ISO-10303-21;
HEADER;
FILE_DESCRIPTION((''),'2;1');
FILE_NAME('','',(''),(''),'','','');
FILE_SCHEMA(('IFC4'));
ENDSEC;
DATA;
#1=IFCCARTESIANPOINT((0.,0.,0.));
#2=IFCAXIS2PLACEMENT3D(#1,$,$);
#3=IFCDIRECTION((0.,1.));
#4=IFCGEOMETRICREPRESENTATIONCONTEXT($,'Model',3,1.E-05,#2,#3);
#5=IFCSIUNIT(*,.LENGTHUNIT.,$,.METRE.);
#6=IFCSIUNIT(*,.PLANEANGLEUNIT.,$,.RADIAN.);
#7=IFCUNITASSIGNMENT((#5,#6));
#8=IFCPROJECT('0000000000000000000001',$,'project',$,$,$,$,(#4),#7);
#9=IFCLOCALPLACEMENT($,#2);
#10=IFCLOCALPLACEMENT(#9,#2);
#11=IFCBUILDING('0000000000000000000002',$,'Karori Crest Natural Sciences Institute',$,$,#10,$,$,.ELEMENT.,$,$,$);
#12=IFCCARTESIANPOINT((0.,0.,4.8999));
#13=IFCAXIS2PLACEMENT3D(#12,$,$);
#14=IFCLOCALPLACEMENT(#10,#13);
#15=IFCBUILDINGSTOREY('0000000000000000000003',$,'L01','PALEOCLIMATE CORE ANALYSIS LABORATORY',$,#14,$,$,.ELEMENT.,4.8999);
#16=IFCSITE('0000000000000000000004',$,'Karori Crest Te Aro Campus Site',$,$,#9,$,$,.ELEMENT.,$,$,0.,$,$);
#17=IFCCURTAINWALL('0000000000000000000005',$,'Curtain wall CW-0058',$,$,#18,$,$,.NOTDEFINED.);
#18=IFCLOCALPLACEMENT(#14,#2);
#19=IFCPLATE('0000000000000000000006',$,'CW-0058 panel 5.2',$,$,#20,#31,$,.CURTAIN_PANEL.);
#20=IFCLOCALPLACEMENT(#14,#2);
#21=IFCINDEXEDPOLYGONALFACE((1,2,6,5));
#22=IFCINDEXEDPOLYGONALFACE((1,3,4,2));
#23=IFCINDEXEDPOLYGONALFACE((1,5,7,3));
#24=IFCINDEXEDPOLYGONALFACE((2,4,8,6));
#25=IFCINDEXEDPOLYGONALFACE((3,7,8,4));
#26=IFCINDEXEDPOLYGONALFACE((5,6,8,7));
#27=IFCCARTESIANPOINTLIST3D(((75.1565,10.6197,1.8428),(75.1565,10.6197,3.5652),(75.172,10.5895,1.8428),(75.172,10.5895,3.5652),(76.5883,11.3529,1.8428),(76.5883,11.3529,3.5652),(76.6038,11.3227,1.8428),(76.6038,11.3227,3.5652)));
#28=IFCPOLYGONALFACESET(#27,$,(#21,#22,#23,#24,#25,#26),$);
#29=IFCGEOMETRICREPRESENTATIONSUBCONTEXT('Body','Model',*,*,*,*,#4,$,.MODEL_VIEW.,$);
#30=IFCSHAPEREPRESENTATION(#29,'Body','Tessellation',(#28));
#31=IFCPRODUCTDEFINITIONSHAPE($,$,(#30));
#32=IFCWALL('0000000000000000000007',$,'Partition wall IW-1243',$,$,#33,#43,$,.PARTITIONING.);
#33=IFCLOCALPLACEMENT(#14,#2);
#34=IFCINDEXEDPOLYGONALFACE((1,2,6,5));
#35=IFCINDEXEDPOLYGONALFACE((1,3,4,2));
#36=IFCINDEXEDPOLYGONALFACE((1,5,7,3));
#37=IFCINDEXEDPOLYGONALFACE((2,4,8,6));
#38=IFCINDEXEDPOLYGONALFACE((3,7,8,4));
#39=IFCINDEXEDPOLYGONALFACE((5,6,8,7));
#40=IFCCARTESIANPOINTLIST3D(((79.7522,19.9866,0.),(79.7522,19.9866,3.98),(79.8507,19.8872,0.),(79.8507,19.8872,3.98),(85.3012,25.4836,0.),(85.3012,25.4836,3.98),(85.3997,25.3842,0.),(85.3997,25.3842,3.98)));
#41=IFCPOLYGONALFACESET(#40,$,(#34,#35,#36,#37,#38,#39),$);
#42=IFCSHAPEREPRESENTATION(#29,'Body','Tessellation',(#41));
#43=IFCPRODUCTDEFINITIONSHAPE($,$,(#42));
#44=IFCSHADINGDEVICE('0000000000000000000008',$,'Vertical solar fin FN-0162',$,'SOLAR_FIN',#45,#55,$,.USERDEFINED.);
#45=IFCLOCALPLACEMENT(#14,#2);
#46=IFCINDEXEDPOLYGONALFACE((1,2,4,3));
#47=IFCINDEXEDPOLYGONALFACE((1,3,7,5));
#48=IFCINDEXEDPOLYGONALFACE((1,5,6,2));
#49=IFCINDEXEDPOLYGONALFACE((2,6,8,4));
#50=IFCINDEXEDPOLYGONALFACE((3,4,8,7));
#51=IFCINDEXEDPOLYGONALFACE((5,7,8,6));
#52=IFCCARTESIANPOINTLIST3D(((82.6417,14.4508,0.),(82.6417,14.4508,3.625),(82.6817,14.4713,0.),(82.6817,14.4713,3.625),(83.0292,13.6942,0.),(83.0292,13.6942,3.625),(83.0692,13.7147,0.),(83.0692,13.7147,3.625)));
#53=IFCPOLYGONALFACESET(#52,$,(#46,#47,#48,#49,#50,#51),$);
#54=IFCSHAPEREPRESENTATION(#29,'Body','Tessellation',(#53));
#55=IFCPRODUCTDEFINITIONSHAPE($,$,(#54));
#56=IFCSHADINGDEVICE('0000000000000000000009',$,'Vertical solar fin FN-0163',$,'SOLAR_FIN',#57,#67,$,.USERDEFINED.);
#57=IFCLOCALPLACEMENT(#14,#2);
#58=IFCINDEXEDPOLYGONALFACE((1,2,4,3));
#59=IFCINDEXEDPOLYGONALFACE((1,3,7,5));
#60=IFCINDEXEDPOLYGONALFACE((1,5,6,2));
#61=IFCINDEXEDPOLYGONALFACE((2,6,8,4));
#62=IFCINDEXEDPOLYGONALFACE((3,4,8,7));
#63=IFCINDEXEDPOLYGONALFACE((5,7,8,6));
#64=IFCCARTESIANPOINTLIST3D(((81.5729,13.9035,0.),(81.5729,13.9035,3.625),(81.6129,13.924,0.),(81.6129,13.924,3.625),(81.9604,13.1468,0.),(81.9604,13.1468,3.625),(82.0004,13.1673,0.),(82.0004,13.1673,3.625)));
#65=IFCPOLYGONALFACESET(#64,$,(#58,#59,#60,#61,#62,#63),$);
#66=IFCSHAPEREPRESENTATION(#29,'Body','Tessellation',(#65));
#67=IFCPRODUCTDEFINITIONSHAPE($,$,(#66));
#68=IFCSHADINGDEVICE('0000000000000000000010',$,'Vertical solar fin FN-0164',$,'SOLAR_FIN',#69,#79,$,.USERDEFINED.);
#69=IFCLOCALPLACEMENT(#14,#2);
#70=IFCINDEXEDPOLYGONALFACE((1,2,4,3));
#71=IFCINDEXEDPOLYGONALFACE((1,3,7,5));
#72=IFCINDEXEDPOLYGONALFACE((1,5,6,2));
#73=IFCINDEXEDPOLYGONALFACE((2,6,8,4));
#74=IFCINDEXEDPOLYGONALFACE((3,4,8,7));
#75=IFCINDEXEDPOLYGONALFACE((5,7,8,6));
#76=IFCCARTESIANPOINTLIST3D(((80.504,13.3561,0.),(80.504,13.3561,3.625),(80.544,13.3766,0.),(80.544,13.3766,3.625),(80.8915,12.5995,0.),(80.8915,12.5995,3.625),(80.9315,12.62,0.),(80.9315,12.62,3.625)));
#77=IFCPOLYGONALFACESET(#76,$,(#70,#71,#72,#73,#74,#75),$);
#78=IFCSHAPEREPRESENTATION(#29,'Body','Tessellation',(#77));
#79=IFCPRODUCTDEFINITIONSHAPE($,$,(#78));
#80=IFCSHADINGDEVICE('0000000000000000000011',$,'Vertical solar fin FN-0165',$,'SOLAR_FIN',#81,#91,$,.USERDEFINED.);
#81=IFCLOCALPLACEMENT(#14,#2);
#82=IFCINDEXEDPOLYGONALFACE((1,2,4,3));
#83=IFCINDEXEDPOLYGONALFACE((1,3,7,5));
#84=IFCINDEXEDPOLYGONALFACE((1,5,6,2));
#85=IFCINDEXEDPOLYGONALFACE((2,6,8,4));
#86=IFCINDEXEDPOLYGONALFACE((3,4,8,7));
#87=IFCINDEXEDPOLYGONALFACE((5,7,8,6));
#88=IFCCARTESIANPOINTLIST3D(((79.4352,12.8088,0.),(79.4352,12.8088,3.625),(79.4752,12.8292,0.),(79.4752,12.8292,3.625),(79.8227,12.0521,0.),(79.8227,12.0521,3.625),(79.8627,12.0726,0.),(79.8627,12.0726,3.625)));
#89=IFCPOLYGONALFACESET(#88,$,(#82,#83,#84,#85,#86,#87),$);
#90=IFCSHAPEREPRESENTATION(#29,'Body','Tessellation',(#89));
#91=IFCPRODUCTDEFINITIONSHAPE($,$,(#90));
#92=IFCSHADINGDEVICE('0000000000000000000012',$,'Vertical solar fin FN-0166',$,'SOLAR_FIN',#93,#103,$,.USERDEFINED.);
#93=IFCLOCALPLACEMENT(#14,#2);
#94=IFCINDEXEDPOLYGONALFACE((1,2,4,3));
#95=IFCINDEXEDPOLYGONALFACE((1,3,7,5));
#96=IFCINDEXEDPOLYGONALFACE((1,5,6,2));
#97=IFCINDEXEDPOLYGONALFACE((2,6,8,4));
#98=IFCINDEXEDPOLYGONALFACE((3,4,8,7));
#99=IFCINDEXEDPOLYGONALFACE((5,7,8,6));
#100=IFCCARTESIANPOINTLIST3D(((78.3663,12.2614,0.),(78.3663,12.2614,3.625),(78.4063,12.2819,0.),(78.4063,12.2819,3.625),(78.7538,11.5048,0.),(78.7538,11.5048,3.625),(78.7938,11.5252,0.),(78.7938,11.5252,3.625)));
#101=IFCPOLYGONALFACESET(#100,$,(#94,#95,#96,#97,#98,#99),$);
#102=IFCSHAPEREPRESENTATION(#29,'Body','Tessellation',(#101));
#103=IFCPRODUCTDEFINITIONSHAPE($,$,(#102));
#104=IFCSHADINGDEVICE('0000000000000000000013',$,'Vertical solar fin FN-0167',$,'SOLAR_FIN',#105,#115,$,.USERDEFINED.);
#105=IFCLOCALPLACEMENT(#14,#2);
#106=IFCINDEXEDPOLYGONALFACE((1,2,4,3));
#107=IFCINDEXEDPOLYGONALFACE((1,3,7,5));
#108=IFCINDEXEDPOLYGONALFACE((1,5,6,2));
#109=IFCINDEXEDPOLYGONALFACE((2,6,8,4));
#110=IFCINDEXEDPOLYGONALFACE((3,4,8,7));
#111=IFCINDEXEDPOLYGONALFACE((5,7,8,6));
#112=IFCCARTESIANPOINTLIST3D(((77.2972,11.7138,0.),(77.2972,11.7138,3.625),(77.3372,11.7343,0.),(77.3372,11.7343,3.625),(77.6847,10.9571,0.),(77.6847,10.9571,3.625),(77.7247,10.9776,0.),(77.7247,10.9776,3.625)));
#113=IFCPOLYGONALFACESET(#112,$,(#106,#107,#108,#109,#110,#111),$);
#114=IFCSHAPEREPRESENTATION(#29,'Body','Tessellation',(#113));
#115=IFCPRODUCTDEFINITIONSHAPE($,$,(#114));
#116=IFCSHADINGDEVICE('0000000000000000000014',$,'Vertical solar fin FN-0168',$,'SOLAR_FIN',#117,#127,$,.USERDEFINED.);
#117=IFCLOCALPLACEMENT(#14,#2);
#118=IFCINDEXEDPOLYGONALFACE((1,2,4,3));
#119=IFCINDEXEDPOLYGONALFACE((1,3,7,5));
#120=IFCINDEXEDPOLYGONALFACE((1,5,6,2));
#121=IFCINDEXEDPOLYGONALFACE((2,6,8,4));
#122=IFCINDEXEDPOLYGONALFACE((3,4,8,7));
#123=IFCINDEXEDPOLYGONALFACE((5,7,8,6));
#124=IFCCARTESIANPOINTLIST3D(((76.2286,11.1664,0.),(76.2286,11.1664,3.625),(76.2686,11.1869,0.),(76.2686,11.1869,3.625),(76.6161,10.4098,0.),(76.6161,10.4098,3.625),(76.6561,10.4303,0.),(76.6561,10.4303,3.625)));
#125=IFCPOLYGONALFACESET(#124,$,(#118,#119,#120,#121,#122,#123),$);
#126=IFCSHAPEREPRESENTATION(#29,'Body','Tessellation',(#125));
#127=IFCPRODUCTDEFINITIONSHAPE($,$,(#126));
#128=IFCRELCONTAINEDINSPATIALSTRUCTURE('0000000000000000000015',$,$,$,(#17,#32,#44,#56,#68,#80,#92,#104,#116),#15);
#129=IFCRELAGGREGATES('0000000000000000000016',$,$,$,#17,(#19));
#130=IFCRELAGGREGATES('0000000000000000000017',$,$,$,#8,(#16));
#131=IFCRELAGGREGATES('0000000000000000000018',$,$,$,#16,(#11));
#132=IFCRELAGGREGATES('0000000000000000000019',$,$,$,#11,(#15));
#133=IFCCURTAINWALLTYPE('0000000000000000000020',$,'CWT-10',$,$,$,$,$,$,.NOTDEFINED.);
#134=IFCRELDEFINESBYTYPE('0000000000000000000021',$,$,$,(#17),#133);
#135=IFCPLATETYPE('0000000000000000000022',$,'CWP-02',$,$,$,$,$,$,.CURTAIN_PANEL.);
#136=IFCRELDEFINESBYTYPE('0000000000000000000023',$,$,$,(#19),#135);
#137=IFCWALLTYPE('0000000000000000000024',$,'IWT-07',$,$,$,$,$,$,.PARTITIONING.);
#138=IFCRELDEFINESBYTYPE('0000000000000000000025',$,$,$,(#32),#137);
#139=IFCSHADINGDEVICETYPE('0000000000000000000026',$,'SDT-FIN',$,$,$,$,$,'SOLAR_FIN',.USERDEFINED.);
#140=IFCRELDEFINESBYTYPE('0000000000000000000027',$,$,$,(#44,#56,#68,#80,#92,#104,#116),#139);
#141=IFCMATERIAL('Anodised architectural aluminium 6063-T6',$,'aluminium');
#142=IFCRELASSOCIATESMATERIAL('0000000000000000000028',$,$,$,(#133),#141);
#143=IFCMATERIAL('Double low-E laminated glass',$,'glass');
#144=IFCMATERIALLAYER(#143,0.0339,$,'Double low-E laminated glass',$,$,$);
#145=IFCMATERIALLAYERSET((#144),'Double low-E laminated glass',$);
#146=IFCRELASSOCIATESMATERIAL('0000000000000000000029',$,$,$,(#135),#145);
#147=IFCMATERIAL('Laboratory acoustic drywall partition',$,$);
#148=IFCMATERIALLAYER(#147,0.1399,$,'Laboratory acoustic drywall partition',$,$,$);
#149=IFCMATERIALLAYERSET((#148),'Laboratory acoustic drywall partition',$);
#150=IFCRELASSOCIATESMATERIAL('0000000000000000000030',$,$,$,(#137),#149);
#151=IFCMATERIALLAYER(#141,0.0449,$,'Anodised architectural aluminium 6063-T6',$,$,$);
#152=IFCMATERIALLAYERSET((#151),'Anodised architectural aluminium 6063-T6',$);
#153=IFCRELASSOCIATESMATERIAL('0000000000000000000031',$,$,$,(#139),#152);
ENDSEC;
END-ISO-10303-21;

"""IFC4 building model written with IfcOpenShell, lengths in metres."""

from ifc_helpers import new_model, si_unit, direction, frame, frame_2d, origin, origin_2d, place, context, subcontext, project, spatial, rectangle, extrude, material, layer, layer_set, type_object, element, aggregate, save


model = new_model("IFC4")

# Units and contexts
model_context = context("Model", 3, precision=1e-05, world=origin(), true_north=direction((0.0, 1.0)))
body_context = subcontext(model_context, "Body", "Model", "MODEL_VIEW")
ifc_project = project(units=[si_unit("LENGTHUNIT", "METRE"), si_unit("PLANEANGLEUNIT", "RADIAN")], contexts=[model_context])

# Site, building, storey
site_placement = place(None, origin())
site = spatial("IfcSite", under=ifc_project, at=site_placement, Name="Karori Crest Te Aro Campus Site", CompositionType="ELEMENT", RefElevation=0.0)
building_placement = place(site_placement, origin())
building = spatial("IfcBuilding", under=site, at=building_placement, Name="Karori Crest Natural Sciences Institute", CompositionType="ELEMENT")
storey_placement = place(building_placement, frame((0.0, 0.0, 4.8999)))
storey = spatial("IfcBuildingStorey", under=building, at=storey_placement, Name="L01", Description="PALEOCLIMATE CORE ANALYSIS LABORATORY", CompositionType="ELEMENT", Elevation=4.8999)

# Curtain wall, plate
ifc_material_1 = material(Name="Anodised architectural aluminium 6063-T6", Category="aluminium")
curtain_wall_type = type_object("IfcCurtainWallType", Name="CWT-10", PredefinedType="NOTDEFINED", material=ifc_material_1)
curtain_wall_placement = place(storey_placement, origin())
curtain_wall = element("IfcCurtainWall", 1, at=curtain_wall_placement, inside=storey, type_object=curtain_wall_type, Name="Curtain wall CW-0058", PredefinedType="NOTDEFINED")
ifc_material_2 = material(Name="Double low-E laminated glass", Category="glass")
ifc_layer_1 = layer(ifc_material_2, 0.0339, Name="Double low-E laminated glass")
ifc_layer_set_1 = layer_set([ifc_layer_1], Name="Double low-E laminated glass")
plate_type = type_object("IfcPlateType", Name="CWP-02", PredefinedType="CURTAIN_PANEL", material=ifc_layer_set_1)
plate_1_placement = place(storey_placement, frame((75.8801, 10.9712, 1.8428), z_axis=(0.0, 0.0, 1.0), x_axis=(-0.890065, -0.455833, 0.0)))
plate_1 = element("IfcPlate", 2, at=plate_1_placement, type_object=plate_type, Name="CW-0058 panel 5.2", PredefinedType="CURTAIN_PANEL", context=body_context, shape_type="SweptSolid", body=[
    extrude(rectangle(XDim=1.6086, YDim=0.0339, at=origin_2d()), origin(), (0.0, 0.0, 1.0), 1.7224),
])
aggregate(curtain_wall, [plate_1])

# Wall
ifc_material_3 = material(Name="Laboratory acoustic drywall partition")
ifc_layer_2 = layer(ifc_material_3, 0.1399, Name="Laboratory acoustic drywall partition")
ifc_layer_set_2 = layer_set([ifc_layer_2], Name="Laboratory acoustic drywall partition")
wall_type = type_object("IfcWallType", Name="IWT-07", PredefinedType="PARTITIONING", material=ifc_layer_set_2)
wall_placement = place(storey_placement, frame((79.8015, 19.937, 0.0), z_axis=(0.0, 0.0, 1.0), x_axis=(0.710428, 0.70377, 0.0)))
element("IfcWall", 3, at=wall_placement, inside=storey, type_object=wall_type, Name="Partition wall IW-1243", PredefinedType="PARTITIONING", context=body_context, shape_type="SweptSolid", body=[
    extrude(rectangle(XDim=7.8108, YDim=0.1399, at=frame_2d((3.9053, 0.0))), origin(), (0.0, 0.0, 1.0), 3.98),
])

# Shading devices
ifc_layer_3 = layer(ifc_material_1, 0.0449, Name="Anodised architectural aluminium 6063-T6")
ifc_layer_set_3 = layer_set([ifc_layer_3], Name="Anodised architectural aluminium 6063-T6")
shading_device_type = type_object("IfcShadingDeviceType", Name="SDT-FIN", ElementType="SOLAR_FIN", PredefinedType="USERDEFINED", material=ifc_layer_set_3)
for number, where, z_axis, x_axis, name in (
    (4, (82.8555, 14.0828, 0.0), (0.0, 0.0, 1.0), (0.455832, -0.890066, 0.0), "Vertical solar fin FN-0162"),
    (5, (81.7866, 13.5354, 0.0), (0.0, 0.0, 1.0), (0.455832, -0.890066, 0.0), "Vertical solar fin FN-0163"),
    (6, (80.7178, 12.988, 0.0), (0.0, 0.0, 1.0), (0.455832, -0.890066, 0.0), "Vertical solar fin FN-0164"),
    (7, (79.6489, 12.4407, 0.0), (0.0, 0.0, 1.0), (0.455832, -0.890066, 0.0), "Vertical solar fin FN-0165"),
    (8, (78.5801, 11.8933, 0.0), (0.0, 0.0, 1.0), (0.455832, -0.890066, 0.0), "Vertical solar fin FN-0166"),
    (9, (77.511, 11.3457, 0.0), (0.0, 0.0, 1.0), (0.455832, -0.890066, 0.0), "Vertical solar fin FN-0167"),
    (10, (76.4424, 10.7983, 0.0), (0.0, 0.0, 1.0), (0.455832, -0.890066, 0.0), "Vertical solar fin FN-0168"),
):
    element("IfcShadingDevice", number, at=place(storey_placement, frame(where, z_axis=z_axis, x_axis=x_axis)), inside=storey, type_object=shading_device_type, Name=name, ObjectType="SOLAR_FIN", PredefinedType="USERDEFINED", context=body_context, shape_type="SweptSolid", body=[
        extrude(rectangle(XDim=0.8501, YDim=0.0449, at=origin_2d()), origin(), (0.0, 0.0, 1.0), 3.625),
    ])

save(model, "model.ifc")
